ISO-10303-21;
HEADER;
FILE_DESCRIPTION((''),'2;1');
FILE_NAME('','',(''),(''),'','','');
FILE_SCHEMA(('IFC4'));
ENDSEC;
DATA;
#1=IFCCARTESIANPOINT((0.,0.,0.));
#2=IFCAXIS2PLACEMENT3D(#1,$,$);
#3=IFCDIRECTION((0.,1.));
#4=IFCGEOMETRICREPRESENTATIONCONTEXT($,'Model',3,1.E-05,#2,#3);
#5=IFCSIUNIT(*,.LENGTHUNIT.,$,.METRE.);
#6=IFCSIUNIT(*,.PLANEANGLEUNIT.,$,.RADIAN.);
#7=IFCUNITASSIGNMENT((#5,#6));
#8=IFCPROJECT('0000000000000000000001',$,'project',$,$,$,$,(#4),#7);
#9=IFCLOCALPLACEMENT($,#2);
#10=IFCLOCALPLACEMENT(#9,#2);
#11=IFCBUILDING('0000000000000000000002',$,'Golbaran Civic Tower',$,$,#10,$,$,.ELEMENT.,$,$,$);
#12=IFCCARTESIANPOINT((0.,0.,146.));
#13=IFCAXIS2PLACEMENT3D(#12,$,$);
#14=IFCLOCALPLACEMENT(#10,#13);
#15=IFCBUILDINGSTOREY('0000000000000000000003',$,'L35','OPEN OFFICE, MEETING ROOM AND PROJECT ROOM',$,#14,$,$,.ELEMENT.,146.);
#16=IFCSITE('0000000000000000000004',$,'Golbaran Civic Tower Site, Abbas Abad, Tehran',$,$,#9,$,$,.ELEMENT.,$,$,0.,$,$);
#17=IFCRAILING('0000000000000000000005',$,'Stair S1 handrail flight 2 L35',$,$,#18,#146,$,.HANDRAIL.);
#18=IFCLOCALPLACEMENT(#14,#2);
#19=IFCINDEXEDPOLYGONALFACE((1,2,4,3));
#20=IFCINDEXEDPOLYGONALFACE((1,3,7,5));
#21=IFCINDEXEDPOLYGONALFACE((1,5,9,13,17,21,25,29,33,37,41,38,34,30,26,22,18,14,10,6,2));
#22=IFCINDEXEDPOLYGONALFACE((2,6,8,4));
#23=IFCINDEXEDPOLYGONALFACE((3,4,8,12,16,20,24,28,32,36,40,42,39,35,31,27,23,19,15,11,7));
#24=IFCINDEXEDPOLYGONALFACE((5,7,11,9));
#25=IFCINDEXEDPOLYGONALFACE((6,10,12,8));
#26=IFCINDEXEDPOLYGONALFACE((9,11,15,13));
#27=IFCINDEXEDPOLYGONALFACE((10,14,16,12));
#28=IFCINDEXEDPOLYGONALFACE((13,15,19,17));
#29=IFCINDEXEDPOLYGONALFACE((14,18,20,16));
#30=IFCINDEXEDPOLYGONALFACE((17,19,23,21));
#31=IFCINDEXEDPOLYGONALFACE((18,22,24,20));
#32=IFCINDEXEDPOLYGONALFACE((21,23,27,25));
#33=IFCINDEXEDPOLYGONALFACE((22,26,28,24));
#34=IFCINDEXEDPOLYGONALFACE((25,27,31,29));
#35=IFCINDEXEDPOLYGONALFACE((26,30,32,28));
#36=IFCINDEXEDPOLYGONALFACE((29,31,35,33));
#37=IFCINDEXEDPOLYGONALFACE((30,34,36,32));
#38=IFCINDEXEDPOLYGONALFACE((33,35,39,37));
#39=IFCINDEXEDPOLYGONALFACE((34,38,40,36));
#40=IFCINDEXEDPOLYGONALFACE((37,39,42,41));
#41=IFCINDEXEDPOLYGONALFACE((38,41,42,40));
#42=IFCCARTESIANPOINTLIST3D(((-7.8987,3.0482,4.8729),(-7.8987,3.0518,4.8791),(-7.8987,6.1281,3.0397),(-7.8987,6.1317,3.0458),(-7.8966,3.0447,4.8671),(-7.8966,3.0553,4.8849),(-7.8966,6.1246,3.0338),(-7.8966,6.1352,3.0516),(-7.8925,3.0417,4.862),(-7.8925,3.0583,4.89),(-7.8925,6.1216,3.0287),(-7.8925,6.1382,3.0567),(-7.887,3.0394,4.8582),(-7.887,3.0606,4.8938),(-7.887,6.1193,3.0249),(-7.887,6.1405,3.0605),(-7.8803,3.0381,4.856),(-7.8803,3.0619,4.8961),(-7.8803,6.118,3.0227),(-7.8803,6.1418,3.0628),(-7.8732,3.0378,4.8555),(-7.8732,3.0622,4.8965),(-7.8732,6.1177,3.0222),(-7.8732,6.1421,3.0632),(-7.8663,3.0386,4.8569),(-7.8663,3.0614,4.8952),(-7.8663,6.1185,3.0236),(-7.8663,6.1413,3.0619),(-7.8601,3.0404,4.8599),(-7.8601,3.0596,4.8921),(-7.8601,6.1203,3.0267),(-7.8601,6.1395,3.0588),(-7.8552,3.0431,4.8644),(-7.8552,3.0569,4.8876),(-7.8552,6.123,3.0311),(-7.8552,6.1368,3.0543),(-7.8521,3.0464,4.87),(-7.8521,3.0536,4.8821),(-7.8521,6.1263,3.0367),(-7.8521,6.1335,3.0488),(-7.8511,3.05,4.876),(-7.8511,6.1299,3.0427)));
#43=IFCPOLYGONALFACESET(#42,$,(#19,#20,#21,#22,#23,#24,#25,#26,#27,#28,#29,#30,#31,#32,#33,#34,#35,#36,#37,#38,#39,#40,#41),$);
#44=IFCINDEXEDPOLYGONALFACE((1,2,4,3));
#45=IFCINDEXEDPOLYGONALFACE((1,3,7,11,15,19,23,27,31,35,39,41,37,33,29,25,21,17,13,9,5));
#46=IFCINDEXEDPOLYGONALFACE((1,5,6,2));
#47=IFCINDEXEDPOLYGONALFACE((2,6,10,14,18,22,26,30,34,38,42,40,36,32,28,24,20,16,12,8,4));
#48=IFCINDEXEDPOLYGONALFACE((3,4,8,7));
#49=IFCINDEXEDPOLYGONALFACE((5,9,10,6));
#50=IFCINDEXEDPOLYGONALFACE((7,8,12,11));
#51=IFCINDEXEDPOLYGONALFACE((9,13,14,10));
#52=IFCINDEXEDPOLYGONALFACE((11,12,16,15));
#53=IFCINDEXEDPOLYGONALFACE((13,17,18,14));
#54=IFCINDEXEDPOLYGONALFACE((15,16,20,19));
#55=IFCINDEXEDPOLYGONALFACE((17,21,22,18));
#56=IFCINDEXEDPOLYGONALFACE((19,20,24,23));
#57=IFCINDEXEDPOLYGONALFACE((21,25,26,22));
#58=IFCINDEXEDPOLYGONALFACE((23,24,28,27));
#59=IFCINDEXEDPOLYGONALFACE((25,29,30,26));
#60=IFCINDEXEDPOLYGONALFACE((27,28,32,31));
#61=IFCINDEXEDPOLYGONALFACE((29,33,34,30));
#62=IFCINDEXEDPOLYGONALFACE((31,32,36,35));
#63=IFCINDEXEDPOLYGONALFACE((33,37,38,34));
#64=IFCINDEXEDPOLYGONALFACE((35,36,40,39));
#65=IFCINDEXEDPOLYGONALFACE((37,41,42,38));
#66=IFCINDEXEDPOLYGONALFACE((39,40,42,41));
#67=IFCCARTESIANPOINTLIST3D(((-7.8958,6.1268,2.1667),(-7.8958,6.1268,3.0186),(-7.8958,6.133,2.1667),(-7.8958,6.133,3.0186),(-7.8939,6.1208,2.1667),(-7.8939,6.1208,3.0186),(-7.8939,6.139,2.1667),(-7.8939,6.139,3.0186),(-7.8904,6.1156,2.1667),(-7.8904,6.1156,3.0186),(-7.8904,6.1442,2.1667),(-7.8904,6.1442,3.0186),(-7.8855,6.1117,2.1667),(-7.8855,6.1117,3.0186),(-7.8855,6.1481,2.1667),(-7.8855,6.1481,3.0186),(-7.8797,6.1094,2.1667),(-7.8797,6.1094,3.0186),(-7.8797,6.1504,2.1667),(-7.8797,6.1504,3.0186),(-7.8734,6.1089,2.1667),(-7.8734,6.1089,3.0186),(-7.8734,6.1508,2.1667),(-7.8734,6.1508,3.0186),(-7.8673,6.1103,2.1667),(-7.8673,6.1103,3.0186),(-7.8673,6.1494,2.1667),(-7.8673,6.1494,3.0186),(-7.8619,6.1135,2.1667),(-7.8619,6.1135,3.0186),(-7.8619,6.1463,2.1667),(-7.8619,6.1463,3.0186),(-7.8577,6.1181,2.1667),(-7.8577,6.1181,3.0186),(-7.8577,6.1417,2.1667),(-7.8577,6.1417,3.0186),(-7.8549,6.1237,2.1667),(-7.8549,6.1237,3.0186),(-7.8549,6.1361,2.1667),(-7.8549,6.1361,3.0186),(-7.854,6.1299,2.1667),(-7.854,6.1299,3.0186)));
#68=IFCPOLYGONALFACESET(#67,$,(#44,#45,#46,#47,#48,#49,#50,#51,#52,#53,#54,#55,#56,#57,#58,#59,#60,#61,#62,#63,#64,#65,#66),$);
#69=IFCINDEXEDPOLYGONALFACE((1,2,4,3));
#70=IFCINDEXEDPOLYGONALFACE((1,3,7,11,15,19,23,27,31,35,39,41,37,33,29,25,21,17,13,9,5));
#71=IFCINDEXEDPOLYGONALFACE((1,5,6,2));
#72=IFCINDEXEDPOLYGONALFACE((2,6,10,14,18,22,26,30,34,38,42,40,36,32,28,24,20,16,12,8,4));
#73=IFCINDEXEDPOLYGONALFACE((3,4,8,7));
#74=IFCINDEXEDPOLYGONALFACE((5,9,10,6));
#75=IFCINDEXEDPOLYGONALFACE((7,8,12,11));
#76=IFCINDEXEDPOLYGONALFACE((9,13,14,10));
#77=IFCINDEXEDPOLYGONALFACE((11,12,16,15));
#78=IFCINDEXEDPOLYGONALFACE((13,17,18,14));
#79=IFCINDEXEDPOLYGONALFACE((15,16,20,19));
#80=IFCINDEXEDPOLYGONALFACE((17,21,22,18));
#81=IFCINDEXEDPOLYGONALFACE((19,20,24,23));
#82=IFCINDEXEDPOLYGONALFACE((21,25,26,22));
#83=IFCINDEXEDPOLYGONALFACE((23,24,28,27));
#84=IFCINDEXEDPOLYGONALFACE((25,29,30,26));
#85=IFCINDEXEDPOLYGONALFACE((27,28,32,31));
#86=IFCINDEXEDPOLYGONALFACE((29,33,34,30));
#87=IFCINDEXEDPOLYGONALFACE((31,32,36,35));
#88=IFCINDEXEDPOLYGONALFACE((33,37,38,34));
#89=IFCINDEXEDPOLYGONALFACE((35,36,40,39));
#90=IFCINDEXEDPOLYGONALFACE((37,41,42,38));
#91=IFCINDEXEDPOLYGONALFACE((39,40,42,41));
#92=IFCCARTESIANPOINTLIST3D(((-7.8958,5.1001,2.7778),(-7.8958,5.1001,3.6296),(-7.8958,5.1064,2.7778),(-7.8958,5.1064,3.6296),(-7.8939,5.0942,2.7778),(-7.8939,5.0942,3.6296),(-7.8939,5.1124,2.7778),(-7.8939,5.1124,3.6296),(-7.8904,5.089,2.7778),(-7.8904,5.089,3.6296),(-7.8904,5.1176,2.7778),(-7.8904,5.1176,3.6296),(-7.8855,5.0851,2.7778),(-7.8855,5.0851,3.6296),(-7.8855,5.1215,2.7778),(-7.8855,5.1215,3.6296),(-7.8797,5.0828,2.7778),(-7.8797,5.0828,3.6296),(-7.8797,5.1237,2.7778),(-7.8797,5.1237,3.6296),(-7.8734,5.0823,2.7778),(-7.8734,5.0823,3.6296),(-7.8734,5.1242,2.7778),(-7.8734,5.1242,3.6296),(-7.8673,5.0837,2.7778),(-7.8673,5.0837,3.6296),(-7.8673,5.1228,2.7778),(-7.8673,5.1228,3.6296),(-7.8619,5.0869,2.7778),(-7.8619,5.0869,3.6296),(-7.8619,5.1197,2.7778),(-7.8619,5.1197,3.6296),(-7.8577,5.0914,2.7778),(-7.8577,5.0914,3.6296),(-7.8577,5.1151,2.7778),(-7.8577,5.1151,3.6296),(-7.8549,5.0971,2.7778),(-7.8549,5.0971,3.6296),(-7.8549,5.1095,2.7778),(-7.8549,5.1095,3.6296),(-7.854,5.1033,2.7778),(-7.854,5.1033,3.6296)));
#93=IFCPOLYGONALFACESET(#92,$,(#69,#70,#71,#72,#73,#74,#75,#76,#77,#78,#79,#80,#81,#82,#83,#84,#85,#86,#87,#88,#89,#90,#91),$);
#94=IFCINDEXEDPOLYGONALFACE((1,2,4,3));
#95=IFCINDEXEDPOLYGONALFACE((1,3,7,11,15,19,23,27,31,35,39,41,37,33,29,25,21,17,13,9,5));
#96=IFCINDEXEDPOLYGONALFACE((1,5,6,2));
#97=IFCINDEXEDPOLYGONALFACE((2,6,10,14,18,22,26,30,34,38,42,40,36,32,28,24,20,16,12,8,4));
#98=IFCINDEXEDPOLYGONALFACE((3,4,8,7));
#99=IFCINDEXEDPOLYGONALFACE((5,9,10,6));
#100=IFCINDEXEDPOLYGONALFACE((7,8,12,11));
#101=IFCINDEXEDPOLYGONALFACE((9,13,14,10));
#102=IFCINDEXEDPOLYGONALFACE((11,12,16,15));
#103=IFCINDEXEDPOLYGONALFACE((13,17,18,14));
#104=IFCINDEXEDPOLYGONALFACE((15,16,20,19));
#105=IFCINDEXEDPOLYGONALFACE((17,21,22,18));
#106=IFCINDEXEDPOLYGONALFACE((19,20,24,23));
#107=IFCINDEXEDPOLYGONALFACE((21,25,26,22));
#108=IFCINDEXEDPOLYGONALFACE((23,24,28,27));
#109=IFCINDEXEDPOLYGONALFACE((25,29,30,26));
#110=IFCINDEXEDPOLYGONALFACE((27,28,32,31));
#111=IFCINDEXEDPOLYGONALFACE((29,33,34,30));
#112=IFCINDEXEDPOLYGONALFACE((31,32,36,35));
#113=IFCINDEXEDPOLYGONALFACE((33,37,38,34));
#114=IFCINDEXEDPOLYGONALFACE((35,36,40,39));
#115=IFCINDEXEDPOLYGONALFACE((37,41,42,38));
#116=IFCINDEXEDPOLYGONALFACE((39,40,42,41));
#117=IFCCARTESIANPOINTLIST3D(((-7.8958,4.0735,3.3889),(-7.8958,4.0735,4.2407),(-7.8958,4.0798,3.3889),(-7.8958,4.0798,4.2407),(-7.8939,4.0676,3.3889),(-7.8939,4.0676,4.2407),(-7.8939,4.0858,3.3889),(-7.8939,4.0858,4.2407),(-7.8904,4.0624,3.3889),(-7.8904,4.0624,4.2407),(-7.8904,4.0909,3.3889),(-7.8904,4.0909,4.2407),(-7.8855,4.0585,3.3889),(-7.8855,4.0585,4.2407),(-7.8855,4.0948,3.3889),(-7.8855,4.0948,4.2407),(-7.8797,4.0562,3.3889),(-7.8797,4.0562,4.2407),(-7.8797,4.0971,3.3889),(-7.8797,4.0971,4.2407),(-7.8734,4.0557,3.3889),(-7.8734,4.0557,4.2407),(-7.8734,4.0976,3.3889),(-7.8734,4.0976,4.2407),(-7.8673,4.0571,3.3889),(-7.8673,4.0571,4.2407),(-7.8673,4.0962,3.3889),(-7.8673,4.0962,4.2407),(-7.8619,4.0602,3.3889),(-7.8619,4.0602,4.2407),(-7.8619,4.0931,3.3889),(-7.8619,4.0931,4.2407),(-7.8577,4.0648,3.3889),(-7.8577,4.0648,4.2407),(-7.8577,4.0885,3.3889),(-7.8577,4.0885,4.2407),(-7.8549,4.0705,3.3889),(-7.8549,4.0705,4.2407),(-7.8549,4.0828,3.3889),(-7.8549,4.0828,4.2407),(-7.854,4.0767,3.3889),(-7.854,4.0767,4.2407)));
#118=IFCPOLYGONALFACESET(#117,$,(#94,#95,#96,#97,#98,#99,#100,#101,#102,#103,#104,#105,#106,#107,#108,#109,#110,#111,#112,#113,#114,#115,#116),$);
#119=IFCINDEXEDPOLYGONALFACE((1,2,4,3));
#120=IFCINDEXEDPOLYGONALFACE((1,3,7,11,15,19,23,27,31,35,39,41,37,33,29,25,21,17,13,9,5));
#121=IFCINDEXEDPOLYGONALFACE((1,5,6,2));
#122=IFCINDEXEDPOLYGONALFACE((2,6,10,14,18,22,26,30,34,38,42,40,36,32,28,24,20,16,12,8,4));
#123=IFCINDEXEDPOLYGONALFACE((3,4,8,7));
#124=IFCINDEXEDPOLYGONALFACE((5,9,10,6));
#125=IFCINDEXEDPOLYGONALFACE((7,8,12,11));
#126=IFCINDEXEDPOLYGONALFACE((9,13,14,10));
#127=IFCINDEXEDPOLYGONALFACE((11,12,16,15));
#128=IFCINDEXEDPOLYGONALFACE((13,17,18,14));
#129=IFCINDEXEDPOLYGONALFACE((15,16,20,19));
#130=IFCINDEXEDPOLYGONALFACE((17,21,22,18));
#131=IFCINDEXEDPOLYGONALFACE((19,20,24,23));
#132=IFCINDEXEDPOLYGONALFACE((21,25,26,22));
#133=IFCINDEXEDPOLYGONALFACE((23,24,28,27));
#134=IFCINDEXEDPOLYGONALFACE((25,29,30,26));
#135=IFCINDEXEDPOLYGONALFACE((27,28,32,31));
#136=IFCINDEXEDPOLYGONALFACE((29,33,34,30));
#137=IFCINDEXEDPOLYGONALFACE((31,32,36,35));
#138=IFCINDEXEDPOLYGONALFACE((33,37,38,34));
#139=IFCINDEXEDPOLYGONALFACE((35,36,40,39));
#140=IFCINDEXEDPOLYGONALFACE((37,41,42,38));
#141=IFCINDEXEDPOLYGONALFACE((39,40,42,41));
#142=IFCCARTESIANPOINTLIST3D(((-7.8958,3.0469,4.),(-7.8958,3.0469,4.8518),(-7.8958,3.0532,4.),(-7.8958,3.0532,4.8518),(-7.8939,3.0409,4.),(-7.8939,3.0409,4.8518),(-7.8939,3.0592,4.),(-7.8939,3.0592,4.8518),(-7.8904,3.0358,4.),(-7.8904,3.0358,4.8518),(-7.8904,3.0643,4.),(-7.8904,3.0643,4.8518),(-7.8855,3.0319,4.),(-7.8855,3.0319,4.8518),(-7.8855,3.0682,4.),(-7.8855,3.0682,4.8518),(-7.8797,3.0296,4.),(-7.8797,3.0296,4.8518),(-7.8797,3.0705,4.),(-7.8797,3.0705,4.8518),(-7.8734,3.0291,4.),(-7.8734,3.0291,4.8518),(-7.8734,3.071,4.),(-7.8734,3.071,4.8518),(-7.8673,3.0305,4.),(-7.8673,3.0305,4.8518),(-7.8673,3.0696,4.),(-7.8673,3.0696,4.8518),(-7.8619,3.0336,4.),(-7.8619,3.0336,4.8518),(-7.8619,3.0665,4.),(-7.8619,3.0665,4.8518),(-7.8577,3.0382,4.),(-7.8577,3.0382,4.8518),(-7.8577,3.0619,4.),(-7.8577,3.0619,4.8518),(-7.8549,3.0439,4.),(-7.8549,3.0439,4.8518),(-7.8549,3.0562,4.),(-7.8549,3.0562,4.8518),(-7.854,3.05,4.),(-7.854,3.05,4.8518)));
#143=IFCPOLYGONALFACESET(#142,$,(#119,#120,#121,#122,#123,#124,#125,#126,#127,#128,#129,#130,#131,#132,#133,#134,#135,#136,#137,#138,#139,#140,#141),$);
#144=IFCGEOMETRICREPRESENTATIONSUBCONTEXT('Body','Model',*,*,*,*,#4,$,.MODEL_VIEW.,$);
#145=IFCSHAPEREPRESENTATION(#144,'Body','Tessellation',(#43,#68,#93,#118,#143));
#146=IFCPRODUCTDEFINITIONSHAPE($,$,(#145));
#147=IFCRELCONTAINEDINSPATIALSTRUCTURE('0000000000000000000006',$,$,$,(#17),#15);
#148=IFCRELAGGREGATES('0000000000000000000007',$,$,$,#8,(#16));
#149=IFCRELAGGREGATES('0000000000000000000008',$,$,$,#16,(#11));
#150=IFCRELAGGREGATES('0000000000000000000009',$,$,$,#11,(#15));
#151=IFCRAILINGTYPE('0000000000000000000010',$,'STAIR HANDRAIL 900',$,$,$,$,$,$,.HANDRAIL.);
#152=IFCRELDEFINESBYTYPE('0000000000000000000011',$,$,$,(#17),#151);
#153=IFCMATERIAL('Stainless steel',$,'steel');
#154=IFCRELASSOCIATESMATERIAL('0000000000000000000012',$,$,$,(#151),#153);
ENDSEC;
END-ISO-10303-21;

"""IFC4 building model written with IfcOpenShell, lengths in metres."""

from ifc_helpers import new_model, si_unit, direction, frame, origin, origin_2d, place, context, subcontext, project, spatial, circle, extrude, material, type_object, element, save


model = new_model("IFC4")

# Units and contexts
model_context = context("Model", 3, precision=1e-05, world=origin(), true_north=direction((0.0, 1.0)))
body_context = subcontext(model_context, "Body", "Model", "MODEL_VIEW")
ifc_project = project(units=[si_unit("LENGTHUNIT", "METRE"), si_unit("PLANEANGLEUNIT", "RADIAN")], contexts=[model_context])

# Site, building, storey
site_placement = place(None, origin())
site = spatial("IfcSite", under=ifc_project, at=site_placement, Name="Golbaran Civic Tower Site, Abbas Abad, Tehran", CompositionType="ELEMENT", RefElevation=0.0)
building_placement = place(site_placement, origin())
building = spatial("IfcBuilding", under=site, at=building_placement, Name="Golbaran Civic Tower", CompositionType="ELEMENT")
storey_placement = place(building_placement, frame((0.0, 0.0, 146.0)))
storey = spatial("IfcBuildingStorey", under=building, at=storey_placement, Name="L35", Description="OPEN OFFICE, MEETING ROOM AND PROJECT ROOM", CompositionType="ELEMENT", Elevation=146.0)

# Shared definitions
ifc_material_1 = material(Name="Stainless steel", Category="steel")

# Railing
railing_type = type_object("IfcRailingType", Name="STAIR HANDRAIL 900", PredefinedType="HANDRAIL", material=ifc_material_1)
railing_1_placement = place(storey_placement, frame((-7.875, 6.1299, 2.1667)))
element("IfcRailing", 1, at=railing_1_placement, inside=storey, type_object=railing_type, Name="Stair S1 handrail flight 2 L35", PredefinedType="HANDRAIL", context=body_context, shape_type="SweptSolid", body=[
    extrude(circle(Radius=0.0239, at=origin_2d()), frame((0.0, 0.0, 0.876), z_axis=(0.0, -0.859291, 0.511487), x_axis=(1.0, 0.0, 0.0)), (0.0, 0.0, 1.0), 3.5842),
    extrude(circle(Radius=0.021, at=origin_2d()), origin(), (0.0, 0.0, 1.0), 0.8518),
    extrude(circle(Radius=0.021, at=origin_2d()), frame((0.0, -1.0266, 0.6111)), (0.0, 0.0, 1.0), 0.8518),
    extrude(circle(Radius=0.021, at=origin_2d()), frame((0.0, -2.0532, 1.2222)), (0.0, 0.0, 1.0), 0.8518),
    extrude(circle(Radius=0.021, at=origin_2d()), frame((0.0, -3.0798, 1.8333)), (0.0, 0.0, 1.0), 0.8518),
])

save(model, "model.ifc")
